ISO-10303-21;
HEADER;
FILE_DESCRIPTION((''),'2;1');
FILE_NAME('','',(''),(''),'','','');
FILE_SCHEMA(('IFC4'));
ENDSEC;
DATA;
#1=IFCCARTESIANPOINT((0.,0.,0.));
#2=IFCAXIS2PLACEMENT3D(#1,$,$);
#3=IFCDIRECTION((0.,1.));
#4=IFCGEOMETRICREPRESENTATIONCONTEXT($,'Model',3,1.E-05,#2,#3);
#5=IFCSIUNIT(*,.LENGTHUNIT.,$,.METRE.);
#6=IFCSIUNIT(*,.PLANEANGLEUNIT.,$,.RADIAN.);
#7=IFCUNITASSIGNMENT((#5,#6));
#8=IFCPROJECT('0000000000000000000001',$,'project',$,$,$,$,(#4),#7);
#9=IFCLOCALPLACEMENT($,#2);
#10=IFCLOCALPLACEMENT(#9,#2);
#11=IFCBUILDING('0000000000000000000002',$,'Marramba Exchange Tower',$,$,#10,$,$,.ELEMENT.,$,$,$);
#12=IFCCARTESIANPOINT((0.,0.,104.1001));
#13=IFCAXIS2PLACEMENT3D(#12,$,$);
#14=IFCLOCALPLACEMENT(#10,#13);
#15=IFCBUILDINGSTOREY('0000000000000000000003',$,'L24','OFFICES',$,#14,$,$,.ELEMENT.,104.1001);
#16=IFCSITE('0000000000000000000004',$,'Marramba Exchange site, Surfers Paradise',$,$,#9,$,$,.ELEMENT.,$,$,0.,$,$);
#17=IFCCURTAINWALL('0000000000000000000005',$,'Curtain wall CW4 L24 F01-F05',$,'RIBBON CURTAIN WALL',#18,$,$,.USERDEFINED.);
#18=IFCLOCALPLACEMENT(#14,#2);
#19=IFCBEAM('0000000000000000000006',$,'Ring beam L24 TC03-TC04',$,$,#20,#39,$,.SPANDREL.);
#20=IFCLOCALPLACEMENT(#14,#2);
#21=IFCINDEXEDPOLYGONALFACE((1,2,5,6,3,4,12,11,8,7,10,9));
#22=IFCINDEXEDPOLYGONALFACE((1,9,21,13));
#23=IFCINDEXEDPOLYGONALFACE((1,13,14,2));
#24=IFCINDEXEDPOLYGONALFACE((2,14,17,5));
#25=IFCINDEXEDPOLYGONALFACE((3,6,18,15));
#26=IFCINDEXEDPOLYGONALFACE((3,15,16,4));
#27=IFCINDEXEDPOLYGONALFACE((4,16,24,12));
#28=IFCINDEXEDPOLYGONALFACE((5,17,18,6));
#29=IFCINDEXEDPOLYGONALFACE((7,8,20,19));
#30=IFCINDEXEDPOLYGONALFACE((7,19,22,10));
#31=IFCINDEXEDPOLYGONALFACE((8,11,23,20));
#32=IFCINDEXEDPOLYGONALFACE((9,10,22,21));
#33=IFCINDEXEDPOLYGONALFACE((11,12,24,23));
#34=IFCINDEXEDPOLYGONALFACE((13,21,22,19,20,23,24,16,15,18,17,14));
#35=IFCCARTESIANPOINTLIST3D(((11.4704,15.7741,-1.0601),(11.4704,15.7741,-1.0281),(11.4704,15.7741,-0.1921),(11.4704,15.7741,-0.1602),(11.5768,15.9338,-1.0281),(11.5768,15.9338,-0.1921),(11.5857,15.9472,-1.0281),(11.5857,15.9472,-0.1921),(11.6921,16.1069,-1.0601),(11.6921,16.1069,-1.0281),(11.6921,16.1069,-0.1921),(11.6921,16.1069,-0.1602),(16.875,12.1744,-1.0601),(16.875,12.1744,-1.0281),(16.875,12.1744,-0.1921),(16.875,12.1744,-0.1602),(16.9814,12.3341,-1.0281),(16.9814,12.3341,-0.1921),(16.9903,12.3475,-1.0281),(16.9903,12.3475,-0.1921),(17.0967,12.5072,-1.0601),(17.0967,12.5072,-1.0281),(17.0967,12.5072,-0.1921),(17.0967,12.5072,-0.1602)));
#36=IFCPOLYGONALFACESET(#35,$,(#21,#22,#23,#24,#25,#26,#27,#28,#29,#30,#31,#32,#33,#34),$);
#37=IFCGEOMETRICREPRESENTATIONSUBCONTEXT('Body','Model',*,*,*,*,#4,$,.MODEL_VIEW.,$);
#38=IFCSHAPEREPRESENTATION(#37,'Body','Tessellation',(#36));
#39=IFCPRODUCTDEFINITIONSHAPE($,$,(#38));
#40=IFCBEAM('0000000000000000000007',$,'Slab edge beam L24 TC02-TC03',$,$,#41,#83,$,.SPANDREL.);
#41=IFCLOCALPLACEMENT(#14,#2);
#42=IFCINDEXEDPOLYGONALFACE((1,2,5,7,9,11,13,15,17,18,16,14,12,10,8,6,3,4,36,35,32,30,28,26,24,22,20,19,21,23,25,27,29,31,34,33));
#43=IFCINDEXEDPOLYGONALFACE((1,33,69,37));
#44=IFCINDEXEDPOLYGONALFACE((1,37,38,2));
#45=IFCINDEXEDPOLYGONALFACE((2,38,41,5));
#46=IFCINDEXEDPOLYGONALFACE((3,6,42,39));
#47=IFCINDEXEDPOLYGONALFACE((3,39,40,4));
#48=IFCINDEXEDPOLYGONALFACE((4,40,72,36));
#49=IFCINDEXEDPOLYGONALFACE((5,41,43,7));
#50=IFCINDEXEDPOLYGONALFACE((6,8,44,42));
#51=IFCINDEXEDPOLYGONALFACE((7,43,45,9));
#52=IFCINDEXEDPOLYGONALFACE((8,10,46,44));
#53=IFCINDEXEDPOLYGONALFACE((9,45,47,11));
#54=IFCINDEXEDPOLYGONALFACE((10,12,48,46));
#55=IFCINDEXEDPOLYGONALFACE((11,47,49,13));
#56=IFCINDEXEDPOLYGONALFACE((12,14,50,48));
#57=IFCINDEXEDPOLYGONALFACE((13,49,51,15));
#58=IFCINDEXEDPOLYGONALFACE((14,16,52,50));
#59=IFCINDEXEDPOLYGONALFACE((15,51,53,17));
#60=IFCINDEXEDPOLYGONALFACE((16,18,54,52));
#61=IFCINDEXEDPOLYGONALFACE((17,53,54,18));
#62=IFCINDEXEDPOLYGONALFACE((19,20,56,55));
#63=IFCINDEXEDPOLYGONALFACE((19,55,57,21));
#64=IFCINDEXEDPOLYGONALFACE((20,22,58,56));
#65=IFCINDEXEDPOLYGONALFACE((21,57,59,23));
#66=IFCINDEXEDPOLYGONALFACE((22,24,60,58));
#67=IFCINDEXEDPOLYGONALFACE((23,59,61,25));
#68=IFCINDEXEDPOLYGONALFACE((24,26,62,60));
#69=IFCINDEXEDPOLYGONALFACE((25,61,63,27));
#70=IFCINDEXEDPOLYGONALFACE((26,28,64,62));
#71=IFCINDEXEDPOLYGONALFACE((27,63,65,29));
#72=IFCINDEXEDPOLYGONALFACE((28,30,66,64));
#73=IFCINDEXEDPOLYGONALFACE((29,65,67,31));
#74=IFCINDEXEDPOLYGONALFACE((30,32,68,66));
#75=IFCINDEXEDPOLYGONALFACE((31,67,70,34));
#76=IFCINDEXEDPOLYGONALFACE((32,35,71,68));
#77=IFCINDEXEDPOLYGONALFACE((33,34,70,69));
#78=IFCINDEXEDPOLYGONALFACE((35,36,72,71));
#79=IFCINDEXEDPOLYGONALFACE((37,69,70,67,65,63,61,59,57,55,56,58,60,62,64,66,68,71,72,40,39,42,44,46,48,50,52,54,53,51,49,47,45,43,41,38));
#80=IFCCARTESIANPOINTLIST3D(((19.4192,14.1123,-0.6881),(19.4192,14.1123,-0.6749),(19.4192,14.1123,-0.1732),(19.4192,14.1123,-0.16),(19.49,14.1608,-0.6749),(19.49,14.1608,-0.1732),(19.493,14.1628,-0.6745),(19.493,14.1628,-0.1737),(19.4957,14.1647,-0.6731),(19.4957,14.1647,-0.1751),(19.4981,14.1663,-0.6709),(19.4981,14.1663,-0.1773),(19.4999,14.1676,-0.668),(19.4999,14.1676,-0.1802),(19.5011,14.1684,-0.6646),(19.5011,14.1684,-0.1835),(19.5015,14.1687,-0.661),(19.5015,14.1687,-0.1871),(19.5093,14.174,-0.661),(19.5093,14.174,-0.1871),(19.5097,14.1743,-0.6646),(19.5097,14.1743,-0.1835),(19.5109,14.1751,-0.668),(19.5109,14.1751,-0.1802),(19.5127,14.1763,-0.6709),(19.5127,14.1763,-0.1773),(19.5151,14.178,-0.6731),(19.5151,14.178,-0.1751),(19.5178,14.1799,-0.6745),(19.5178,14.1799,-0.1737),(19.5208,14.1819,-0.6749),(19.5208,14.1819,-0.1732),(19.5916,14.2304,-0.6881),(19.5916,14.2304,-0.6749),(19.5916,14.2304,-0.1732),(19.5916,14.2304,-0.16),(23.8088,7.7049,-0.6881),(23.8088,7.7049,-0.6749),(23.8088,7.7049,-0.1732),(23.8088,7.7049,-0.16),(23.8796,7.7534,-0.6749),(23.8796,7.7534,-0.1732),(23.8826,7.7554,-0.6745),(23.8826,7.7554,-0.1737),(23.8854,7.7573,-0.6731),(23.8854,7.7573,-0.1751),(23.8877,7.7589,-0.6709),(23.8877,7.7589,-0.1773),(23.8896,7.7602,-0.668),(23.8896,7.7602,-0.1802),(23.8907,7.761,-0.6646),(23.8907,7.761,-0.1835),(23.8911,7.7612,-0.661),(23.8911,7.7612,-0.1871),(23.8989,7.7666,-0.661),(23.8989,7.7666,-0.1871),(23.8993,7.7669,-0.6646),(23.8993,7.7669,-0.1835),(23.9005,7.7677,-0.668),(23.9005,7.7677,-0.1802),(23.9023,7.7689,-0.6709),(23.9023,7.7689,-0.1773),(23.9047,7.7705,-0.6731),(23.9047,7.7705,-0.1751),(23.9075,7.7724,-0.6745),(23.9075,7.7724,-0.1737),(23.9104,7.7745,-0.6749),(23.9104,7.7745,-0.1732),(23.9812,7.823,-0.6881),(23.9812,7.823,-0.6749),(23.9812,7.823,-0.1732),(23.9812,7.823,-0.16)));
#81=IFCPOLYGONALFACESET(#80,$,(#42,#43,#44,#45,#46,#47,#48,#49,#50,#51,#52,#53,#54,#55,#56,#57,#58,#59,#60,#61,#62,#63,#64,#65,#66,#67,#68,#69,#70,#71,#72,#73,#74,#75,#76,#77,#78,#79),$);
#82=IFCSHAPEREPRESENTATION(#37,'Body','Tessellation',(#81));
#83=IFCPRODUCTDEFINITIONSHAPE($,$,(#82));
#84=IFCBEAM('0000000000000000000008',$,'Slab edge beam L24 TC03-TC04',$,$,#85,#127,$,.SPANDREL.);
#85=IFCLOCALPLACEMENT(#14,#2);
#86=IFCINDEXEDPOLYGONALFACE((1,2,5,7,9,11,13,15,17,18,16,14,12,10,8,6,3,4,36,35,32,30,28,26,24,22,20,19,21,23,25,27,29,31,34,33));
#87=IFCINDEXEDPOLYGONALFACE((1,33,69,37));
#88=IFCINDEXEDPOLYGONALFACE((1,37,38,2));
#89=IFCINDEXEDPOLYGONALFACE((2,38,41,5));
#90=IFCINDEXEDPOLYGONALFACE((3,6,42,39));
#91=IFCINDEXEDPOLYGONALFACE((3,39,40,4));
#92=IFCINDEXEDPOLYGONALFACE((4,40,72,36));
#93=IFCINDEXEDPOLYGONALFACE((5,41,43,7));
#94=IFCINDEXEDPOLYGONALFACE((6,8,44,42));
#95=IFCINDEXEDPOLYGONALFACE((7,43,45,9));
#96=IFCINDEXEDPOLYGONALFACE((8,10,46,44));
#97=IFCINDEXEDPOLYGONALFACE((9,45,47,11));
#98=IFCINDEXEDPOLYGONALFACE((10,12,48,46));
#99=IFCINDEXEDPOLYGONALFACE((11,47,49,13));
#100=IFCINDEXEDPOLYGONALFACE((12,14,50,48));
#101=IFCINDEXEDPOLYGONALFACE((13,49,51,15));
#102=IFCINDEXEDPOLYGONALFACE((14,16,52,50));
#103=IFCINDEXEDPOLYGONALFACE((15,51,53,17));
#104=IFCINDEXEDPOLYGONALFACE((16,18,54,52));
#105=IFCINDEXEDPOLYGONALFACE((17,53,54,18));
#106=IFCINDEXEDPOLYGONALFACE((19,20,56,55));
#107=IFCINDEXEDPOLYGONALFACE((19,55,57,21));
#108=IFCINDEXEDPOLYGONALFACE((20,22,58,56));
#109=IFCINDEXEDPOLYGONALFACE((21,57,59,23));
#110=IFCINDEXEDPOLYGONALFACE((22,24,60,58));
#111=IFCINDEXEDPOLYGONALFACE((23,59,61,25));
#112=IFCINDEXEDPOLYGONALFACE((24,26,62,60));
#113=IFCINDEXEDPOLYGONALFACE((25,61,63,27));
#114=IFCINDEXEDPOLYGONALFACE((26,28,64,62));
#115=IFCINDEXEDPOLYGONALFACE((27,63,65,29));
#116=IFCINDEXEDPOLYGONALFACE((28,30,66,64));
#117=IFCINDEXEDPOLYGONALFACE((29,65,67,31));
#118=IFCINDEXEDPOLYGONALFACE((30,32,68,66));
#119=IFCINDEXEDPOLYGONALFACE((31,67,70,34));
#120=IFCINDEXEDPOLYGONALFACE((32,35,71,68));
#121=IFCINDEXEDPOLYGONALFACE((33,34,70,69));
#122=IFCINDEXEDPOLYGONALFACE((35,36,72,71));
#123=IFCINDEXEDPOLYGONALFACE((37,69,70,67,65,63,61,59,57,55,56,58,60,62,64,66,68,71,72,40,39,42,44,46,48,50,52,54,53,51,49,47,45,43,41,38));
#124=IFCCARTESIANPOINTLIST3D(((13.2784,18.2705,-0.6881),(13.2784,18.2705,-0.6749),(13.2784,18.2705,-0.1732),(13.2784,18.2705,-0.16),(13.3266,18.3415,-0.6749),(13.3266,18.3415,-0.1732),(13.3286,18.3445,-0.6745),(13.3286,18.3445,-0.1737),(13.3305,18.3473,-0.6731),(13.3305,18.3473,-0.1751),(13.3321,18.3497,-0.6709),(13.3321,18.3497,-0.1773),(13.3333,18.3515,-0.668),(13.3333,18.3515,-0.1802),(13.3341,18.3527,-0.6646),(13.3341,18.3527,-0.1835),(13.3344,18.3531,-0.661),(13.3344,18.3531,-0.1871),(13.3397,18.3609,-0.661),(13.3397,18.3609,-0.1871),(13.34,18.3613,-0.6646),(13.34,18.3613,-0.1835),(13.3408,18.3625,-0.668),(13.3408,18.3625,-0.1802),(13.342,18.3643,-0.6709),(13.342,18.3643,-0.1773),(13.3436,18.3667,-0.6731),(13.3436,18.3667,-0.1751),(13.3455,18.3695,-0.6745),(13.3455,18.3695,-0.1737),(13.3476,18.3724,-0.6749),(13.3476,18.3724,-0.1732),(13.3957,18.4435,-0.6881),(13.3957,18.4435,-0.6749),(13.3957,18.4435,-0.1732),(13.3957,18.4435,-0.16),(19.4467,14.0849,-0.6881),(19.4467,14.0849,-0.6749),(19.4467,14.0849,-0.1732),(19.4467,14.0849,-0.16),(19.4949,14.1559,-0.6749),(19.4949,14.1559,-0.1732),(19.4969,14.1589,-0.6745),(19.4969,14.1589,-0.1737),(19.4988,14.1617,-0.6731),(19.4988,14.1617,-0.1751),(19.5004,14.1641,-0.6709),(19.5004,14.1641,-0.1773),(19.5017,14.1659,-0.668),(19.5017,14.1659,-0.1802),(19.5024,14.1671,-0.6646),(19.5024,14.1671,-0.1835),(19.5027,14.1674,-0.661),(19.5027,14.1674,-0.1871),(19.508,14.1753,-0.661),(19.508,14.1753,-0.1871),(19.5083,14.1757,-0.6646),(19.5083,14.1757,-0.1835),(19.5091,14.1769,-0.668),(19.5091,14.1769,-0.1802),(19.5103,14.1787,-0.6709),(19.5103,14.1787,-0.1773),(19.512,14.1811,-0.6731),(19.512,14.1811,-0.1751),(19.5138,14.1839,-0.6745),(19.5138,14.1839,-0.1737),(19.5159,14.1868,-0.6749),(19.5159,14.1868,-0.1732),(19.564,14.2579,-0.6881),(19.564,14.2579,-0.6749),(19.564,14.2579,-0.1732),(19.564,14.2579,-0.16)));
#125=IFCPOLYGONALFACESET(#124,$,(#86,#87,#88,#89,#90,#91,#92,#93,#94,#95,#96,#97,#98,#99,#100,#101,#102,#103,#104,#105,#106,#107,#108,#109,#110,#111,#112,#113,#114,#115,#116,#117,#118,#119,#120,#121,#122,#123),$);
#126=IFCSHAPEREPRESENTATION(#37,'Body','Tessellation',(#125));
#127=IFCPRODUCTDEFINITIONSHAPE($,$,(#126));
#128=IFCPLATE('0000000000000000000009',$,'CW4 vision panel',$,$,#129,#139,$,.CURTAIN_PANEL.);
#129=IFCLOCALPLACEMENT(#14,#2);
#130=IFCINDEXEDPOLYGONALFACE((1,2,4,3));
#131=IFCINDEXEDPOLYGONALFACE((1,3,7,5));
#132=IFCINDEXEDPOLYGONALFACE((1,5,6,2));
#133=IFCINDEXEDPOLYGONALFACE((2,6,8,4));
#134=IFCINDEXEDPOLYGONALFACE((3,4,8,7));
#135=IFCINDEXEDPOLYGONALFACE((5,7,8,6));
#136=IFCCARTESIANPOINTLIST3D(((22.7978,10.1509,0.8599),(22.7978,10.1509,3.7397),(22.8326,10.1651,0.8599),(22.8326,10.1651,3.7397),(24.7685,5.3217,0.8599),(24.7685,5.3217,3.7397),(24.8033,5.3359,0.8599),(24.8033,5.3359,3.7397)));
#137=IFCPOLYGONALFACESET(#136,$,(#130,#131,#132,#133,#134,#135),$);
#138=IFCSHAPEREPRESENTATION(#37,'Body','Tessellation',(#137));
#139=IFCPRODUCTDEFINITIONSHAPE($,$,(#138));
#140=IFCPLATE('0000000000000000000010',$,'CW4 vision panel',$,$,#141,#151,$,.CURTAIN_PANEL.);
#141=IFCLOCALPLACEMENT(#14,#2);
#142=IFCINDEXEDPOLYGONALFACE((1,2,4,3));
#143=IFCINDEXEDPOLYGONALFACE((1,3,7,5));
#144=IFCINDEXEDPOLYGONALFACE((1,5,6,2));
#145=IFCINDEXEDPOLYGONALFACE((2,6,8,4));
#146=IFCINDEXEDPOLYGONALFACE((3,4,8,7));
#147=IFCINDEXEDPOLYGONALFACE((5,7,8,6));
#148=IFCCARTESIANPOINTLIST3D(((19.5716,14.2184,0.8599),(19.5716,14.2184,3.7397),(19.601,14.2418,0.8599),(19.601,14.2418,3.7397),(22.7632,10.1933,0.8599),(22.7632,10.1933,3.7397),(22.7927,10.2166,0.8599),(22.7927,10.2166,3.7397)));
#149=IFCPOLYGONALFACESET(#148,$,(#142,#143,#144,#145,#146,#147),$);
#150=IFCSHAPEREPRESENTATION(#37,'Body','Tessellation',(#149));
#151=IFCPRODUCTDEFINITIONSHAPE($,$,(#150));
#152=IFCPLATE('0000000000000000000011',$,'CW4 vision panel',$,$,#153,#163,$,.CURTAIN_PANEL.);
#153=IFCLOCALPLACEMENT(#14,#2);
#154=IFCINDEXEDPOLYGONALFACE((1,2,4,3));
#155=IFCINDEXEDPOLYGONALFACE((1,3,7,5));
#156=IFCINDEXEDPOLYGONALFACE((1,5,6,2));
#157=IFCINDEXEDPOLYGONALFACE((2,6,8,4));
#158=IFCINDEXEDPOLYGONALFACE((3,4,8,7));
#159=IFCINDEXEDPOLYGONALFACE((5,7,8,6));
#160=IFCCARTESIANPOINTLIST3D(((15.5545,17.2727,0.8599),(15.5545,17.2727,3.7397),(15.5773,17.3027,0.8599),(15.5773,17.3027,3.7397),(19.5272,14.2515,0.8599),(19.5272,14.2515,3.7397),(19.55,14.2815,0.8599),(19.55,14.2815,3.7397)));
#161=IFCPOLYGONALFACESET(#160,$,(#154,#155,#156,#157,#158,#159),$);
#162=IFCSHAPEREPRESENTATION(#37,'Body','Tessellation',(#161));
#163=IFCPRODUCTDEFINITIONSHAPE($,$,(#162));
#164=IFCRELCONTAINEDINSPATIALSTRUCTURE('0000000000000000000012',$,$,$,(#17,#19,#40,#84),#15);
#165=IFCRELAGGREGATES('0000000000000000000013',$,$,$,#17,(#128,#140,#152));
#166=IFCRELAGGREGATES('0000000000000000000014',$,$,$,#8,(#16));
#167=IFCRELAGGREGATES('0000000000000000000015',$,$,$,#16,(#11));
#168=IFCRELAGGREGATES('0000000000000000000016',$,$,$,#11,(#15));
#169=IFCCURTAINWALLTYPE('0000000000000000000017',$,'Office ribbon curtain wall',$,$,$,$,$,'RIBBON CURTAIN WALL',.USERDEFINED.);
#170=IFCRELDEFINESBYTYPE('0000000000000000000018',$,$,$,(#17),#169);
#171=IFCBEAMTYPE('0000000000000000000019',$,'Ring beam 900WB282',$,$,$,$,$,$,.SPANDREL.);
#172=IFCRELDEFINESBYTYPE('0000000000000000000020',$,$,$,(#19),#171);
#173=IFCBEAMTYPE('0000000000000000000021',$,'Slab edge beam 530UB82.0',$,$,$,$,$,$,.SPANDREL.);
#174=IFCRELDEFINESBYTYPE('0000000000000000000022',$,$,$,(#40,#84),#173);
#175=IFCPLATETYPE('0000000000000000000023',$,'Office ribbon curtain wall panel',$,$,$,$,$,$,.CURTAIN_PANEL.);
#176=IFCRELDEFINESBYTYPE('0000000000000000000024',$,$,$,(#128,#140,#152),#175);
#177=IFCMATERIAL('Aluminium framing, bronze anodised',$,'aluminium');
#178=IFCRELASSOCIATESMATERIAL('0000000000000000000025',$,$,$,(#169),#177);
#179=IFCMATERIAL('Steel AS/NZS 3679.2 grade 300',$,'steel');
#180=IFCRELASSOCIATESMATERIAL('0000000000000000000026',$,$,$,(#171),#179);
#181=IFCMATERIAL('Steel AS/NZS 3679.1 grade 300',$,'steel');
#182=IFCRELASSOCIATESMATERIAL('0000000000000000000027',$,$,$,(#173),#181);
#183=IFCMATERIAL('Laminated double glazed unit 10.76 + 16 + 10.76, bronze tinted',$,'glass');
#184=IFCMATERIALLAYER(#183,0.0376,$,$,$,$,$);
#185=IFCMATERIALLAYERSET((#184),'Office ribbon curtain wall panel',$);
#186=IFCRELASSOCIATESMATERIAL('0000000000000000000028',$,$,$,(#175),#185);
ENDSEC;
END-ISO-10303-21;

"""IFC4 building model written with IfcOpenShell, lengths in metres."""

from ifc_helpers import new_model, si_unit, direction, frame, origin, origin_2d, place, context, subcontext, project, spatial, rectangle, i_section, extrude, material, layer, layer_set, material_profile, profile_set, type_object, element, aggregate, save


model = new_model("IFC4")

# Units and contexts
model_context = context("Model", 3, precision=1e-05, world=origin(), true_north=direction((0.0, 1.0)))
body_context = subcontext(model_context, "Body", "Model", "MODEL_VIEW")
ifc_project = project(units=[si_unit("LENGTHUNIT", "METRE"), si_unit("PLANEANGLEUNIT", "RADIAN")], contexts=[model_context])

# Site, building, storey
site_placement = place(None, origin())
site = spatial("IfcSite", under=ifc_project, at=site_placement, Name="Marramba Exchange site, Surfers Paradise", CompositionType="ELEMENT", RefElevation=0.0)
building_placement = place(site_placement, origin())
building = spatial("IfcBuilding", under=site, at=building_placement, Name="Marramba Exchange Tower", CompositionType="ELEMENT")
storey_placement = place(building_placement, frame((0.0, 0.0, 104.1001)))
storey = spatial("IfcBuildingStorey", under=building, at=storey_placement, Name="L24", Description="OFFICES", CompositionType="ELEMENT", Elevation=104.1001)

# Shared definitions
ifc_material_1 = material(Name="Steel AS/NZS 3679.2 grade 300", Category="steel")
ifc_material_2 = material(Name="Steel AS/NZS 3679.1 grade 300", Category="steel")

# Curtain wall
ifc_material_3 = material(Name="Aluminium framing, bronze anodised", Category="aluminium")
curtain_wall_type = type_object("IfcCurtainWallType", Name="Office ribbon curtain wall", ElementType="RIBBON CURTAIN WALL", PredefinedType="USERDEFINED", material=ifc_material_3)
curtain_wall_placement = place(storey_placement, origin())
curtain_wall = element("IfcCurtainWall", 1, at=curtain_wall_placement, inside=storey, type_object=curtain_wall_type, Name="Curtain wall CW4 L24 F01-F05", ObjectType="RIBBON CURTAIN WALL", PredefinedType="USERDEFINED")

# Beams
ifc_material_profile_1 = material_profile(ifc_material_1, i_section(OverallWidth=0.3999, OverallDepth=0.8999, WebThickness=0.0161, FlangeThickness=0.032, at=origin_2d()), Name="900WB282")
ifc_profile_set_1 = profile_set([ifc_material_profile_1], Name="Steel AS/NZS 3679.2 grade 300")
beam_type_1 = type_object("IfcBeamType", Name="Ring beam 900WB282", PredefinedType="SPANDREL", material=ifc_profile_set_1)
beam_1_placement = place(storey_placement, frame((16.9858, 12.3408, -0.6101), z_axis=(-0.832293, 0.554336, 0.0), x_axis=(-0.554336, -0.832293, 0.0)))
element("IfcBeam", 2, at=beam_1_placement, inside=storey, type_object=beam_type_1, Name="Ring beam L24 TC03-TC04", PredefinedType="SPANDREL", context=body_context, shape_type="SweptSolid", body=[
    extrude(i_section(OverallWidth=0.3999, OverallDepth=0.8999, WebThickness=0.0161, FlangeThickness=0.032, at=origin_2d()), origin(), (0.0, 0.0, 1.0), 6.4937),
])
ifc_material_profile_2 = material_profile(ifc_material_2, i_section(OverallWidth=0.209, OverallDepth=0.5281, WebThickness=0.0095, FlangeThickness=0.0132, FilletRadius=0.0139, at=origin_2d()), Name="530UB82.0")
ifc_profile_set_2 = profile_set([ifc_material_profile_2], Name="Steel AS/NZS 3679.1 grade 300")
beam_type_2 = type_object("IfcBeamType", Name="Slab edge beam 530UB82.0", PredefinedType="SPANDREL", material=ifc_profile_set_2)
beam_2_placement = place(storey_placement, frame((23.895, 7.7639, -0.4241), z_axis=(-0.565174, 0.824972, 0.0), x_axis=(-0.824972, -0.565174, 0.0)))
element("IfcBeam", 3, at=beam_2_placement, inside=storey, type_object=beam_type_2, Name="Slab edge beam L24 TC02-TC03", PredefinedType="SPANDREL", context=body_context, shape_type="SweptSolid", body=[
    extrude(i_section(OverallWidth=0.209, OverallDepth=0.5281, WebThickness=0.0095, FlangeThickness=0.0132, FilletRadius=0.0139, at=origin_2d()), origin(), (0.0, 0.0, 1.0), 7.7668),
])
beam_3_placement = place(storey_placement, frame((19.5054, 14.1714, -0.4241), z_axis=(-0.827477, 0.561499, 0.0), x_axis=(-0.561499, -0.827477, 0.0)))
element("IfcBeam", 4, at=beam_3_placement, inside=storey, type_object=beam_type_2, Name="Slab edge beam L24 TC03-TC04", PredefinedType="SPANDREL", context=body_context, shape_type="SweptSolid", body=[
    extrude(i_section(OverallWidth=0.209, OverallDepth=0.5281, WebThickness=0.0095, FlangeThickness=0.0132, FilletRadius=0.0139, at=origin_2d()), origin(), (0.0, 0.0, 1.0), 7.4543),
])

# Plates
ifc_material_4 = material(Name="Laminated double glazed unit 10.76 + 16 + 10.76, bronze tinted", Category="glass")
ifc_layer_1 = layer(ifc_material_4, 0.0376)
ifc_layer_set_1 = layer_set([ifc_layer_1], Name="Office ribbon curtain wall panel")
plate_type = type_object("IfcPlateType", Name="Office ribbon curtain wall panel", PredefinedType="CURTAIN_PANEL", material=ifc_layer_set_1)
plate_1_placement = place(storey_placement, frame((23.8005, 7.7434, 0.8599), z_axis=(0.0, 0.0, 1.0), x_axis=(-0.377821, 0.925879, 0.0)))
plate_1 = element("IfcPlate", 5, at=plate_1_placement, type_object=plate_type, Name="CW4 vision panel", PredefinedType="CURTAIN_PANEL", context=body_context, shape_type="SweptSolid", body=[
    extrude(rectangle(XDim=5.2158, YDim=0.0376, at=origin_2d()), origin(), (0.0, 0.0, 1.0), 2.8799),
])
plate_2_placement = place(storey_placement, frame((21.1821, 12.2175, 0.8599), z_axis=(0.0, 0.0, 1.0), x_axis=(-0.621312, 0.783563, 0.0)))
plate_2 = element("IfcPlate", 6, at=plate_2_placement, type_object=plate_type, Name="CW4 vision panel", PredefinedType="CURTAIN_PANEL", context=body_context, shape_type="SweptSolid", body=[
    extrude(rectangle(XDim=5.137, YDim=0.0376, at=origin_2d()), origin(), (0.0, 0.0, 1.0), 2.8799),
])
plate_3_placement = place(storey_placement, frame((17.5522, 15.7771, 0.8599), z_axis=(0.0, 0.0, 1.0), x_axis=(-0.795972, 0.605334, 0.0)))
plate_3 = element("IfcPlate", 7, at=plate_3_placement, type_object=plate_type, Name="CW4 vision panel", PredefinedType="CURTAIN_PANEL", context=body_context, shape_type="SweptSolid", body=[
    extrude(rectangle(XDim=4.991, YDim=0.0376, at=origin_2d()), origin(), (0.0, 0.0, 1.0), 2.8799),
])
aggregate(curtain_wall, [plate_1, plate_2, plate_3])

save(model, "model.ifc")
